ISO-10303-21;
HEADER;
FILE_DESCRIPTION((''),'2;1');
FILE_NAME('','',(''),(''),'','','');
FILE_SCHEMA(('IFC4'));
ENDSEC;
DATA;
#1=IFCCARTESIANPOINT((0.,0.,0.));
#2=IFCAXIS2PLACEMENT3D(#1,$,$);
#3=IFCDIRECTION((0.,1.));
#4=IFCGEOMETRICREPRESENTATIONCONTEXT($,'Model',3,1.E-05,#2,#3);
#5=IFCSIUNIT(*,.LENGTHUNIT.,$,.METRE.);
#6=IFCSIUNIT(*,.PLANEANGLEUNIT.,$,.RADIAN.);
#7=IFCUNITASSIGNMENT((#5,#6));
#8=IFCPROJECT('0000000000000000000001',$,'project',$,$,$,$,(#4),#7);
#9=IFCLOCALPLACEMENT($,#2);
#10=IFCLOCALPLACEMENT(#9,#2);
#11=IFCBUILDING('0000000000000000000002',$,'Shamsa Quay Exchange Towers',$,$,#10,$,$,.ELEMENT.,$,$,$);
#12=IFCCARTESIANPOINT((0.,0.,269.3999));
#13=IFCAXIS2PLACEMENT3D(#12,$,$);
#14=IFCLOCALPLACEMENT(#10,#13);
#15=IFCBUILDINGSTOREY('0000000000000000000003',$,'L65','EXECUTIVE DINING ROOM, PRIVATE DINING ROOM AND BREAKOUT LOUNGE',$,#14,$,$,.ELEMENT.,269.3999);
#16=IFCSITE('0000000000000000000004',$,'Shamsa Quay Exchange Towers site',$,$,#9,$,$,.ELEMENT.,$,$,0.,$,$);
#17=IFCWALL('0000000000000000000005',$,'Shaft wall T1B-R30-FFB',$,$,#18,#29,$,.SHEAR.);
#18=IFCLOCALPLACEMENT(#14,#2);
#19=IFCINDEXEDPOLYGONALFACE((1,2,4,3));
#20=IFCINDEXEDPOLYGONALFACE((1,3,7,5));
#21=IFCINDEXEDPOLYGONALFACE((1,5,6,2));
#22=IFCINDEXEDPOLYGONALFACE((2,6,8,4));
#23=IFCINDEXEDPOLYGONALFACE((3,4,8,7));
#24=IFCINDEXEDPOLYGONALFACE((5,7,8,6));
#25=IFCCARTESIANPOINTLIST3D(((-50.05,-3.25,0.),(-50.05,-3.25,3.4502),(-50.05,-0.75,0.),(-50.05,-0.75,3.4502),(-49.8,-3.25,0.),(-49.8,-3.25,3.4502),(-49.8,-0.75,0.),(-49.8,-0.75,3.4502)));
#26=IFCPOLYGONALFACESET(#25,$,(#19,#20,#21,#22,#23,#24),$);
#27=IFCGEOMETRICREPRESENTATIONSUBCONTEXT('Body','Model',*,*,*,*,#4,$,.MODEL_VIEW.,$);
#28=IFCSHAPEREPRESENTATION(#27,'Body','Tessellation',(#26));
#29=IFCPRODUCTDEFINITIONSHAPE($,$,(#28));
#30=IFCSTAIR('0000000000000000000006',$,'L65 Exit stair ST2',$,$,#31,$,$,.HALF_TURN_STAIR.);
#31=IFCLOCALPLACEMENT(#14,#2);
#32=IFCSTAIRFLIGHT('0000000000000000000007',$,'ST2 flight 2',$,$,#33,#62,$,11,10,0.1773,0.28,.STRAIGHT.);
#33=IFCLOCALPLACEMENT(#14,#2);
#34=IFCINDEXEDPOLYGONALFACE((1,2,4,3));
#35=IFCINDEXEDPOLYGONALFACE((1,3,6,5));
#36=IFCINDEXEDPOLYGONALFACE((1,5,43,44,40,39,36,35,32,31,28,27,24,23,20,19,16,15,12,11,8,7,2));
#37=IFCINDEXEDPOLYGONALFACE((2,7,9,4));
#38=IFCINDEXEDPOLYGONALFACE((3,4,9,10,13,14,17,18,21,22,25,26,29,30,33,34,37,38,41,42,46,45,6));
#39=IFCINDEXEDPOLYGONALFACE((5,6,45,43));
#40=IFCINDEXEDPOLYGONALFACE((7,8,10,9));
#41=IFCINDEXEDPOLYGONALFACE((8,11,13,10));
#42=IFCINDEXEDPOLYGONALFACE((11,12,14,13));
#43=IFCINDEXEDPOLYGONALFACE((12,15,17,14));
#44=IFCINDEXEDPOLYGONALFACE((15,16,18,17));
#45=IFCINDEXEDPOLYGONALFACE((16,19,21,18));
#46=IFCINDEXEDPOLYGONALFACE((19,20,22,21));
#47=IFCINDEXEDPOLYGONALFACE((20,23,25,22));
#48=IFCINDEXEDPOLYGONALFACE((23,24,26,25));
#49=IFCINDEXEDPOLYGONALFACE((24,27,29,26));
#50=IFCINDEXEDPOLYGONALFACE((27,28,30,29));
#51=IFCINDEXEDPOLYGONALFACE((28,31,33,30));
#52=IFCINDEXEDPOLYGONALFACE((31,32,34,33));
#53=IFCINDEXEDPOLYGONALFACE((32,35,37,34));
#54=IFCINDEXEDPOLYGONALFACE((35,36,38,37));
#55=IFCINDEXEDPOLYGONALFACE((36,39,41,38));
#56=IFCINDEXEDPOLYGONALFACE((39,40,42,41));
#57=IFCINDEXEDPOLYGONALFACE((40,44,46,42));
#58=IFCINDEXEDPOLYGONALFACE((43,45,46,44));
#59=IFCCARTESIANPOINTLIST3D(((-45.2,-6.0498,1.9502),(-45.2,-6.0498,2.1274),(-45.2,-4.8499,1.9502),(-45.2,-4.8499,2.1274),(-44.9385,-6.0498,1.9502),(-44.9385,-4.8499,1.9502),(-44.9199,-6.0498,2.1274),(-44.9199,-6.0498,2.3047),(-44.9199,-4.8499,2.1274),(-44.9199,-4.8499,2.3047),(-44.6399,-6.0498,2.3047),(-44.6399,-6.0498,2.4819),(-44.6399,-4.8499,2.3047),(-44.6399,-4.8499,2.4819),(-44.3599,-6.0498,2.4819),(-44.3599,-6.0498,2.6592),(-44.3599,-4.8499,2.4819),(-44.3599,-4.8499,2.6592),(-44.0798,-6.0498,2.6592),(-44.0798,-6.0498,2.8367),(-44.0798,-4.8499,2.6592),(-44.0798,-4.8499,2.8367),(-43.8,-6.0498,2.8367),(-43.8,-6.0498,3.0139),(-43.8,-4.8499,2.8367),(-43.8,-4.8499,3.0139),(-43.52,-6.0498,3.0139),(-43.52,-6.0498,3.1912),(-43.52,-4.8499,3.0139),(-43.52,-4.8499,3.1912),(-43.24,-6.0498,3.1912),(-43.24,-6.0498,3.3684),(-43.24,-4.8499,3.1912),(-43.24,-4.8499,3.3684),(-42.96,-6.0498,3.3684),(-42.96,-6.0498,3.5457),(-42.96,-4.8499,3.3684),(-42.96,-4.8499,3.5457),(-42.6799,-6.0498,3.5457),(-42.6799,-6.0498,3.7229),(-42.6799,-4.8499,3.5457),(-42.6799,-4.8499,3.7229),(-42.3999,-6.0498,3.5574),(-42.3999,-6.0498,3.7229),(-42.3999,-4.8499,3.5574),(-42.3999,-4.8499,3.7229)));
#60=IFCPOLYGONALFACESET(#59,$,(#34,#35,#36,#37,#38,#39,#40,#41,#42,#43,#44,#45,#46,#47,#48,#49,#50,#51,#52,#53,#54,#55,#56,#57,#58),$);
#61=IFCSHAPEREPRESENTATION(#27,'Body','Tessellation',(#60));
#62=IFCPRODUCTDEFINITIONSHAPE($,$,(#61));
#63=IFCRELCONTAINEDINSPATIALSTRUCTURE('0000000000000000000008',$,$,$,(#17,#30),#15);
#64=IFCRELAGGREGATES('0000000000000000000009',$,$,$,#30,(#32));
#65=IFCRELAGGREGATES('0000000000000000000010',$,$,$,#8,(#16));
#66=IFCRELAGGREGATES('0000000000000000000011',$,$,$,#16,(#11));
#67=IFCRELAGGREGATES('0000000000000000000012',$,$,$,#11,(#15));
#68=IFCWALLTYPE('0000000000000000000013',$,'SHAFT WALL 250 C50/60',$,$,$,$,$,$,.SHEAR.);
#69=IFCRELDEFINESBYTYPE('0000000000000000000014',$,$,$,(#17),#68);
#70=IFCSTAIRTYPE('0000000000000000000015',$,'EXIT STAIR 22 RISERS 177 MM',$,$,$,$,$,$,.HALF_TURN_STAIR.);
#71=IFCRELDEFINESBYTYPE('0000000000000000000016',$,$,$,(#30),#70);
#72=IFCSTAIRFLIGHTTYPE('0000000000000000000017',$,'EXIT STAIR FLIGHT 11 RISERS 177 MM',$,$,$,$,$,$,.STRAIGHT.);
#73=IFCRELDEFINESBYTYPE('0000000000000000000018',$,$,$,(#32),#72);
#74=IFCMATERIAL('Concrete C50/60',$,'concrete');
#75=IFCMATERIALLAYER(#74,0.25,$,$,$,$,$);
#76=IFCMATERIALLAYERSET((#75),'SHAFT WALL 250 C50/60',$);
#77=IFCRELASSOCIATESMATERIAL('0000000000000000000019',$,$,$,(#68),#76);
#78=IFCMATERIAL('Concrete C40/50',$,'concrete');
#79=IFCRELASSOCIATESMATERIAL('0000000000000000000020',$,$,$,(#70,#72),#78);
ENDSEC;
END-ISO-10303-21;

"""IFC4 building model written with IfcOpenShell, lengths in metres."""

from ifc_helpers import new_model, si_unit, direction, frame, frame_2d, origin, place, context, subcontext, project, spatial, polyline, rectangle, outline, extrude, material, layer, layer_set, type_object, element, aggregate, save


model = new_model("IFC4")

# Units and contexts
model_context = context("Model", 3, precision=1e-05, world=origin(), true_north=direction((0.0, 1.0)))
body_context = subcontext(model_context, "Body", "Model", "MODEL_VIEW")
ifc_project = project(units=[si_unit("LENGTHUNIT", "METRE"), si_unit("PLANEANGLEUNIT", "RADIAN")], contexts=[model_context])

# Site, building, storey
site_placement = place(None, origin())
site = spatial("IfcSite", under=ifc_project, at=site_placement, Name="Shamsa Quay Exchange Towers site", CompositionType="ELEMENT", RefElevation=0.0)
building_placement = place(site_placement, origin())
building = spatial("IfcBuilding", under=site, at=building_placement, Name="Shamsa Quay Exchange Towers", CompositionType="ELEMENT")
storey_placement = place(building_placement, frame((0.0, 0.0, 269.3999)))
storey = spatial("IfcBuildingStorey", under=building, at=storey_placement, Name="L65", Description="EXECUTIVE DINING ROOM, PRIVATE DINING ROOM AND BREAKOUT LOUNGE", CompositionType="ELEMENT", Elevation=269.3999)

# Shared definitions
ifc_material_1 = material(Name="Concrete C50/60", Category="concrete")
ifc_layer_1 = layer(ifc_material_1, 0.25)
ifc_layer_set_1 = layer_set([ifc_layer_1], Name="SHAFT WALL 250 C50/60")
wall_type_1 = type_object("IfcWallType", Name="SHAFT WALL 250 C50/60", PredefinedType="SHEAR", material=ifc_layer_set_1)

# Wall
wall_1_placement = place(storey_placement, frame((-49.925, -3.25, 0.0), z_axis=(0.0, 0.0, 1.0), x_axis=(0.0, 1.0, 0.0)))
element("IfcWall", 1, at=wall_1_placement, inside=storey, type_object=wall_type_1, Name="Shaft wall T1B-R30-FFB", PredefinedType="SHEAR", context=body_context, shape_type="SweptSolid", body=[
    extrude(rectangle(XDim=2.5, YDim=0.25, at=frame_2d((1.25, 0.0))), origin(), (0.0, 0.0, 1.0), 3.4502),
])

# Stair, stair flight
ifc_material_2 = material(Name="Concrete C40/50", Category="concrete")
stair_type = type_object("IfcStairType", Name="EXIT STAIR 22 RISERS 177 MM", PredefinedType="HALF_TURN_STAIR", material=ifc_material_2)
stair_placement = place(storey_placement, origin())
stair = element("IfcStair", 2, at=stair_placement, inside=storey, type_object=stair_type, Name="L65 Exit stair ST2", PredefinedType="HALF_TURN_STAIR")
stair_flight_type = type_object("IfcStairFlightType", Name="EXIT STAIR FLIGHT 11 RISERS 177 MM", PredefinedType="STRAIGHT", material=ifc_material_2)
stair_flight_placement = place(storey_placement, frame((-45.2, -5.45, 1.9502)))
stair_flight = element("IfcStairFlight", 3, at=stair_flight_placement, type_object=stair_flight_type, Name="ST2 flight 2", NumberOfRisers=11, NumberOfTreads=10, PredefinedType="STRAIGHT", RiserHeight=0.1773, TreadLength=0.28, context=body_context, shape_type="SweptSolid", body=[
    extrude(outline(polyline([(0.0, 0.0), (0.0, 0.1772), (0.28, 0.1772), (0.28, 0.3545), (0.5601, 0.3545), (0.5601, 0.5317), (0.8401, 0.5317), (0.8401, 0.709), (1.1201, 0.709), (1.1201, 0.8865), (1.3999, 0.8865), (1.3999, 1.0637), (1.6799, 1.0637), (1.6799, 1.241), (1.96, 1.241), (1.96, 1.4182), (2.24, 1.4182), (2.24, 1.5955), (2.52, 1.5955), (2.52, 1.7727), (2.8, 1.7727), (2.8, 1.95), (2.8, 1.6072), (0.2615, 0.0), (0.0, 0.0)])), frame((0.0, 0.6001, 0.0), z_axis=(0.0, -1.0, 0.0), x_axis=(1.0, 0.0, 0.0)), (0.0, 0.0, 1.0), 1.2),
])
aggregate(stair, [stair_flight])

save(model, "model.ifc")
